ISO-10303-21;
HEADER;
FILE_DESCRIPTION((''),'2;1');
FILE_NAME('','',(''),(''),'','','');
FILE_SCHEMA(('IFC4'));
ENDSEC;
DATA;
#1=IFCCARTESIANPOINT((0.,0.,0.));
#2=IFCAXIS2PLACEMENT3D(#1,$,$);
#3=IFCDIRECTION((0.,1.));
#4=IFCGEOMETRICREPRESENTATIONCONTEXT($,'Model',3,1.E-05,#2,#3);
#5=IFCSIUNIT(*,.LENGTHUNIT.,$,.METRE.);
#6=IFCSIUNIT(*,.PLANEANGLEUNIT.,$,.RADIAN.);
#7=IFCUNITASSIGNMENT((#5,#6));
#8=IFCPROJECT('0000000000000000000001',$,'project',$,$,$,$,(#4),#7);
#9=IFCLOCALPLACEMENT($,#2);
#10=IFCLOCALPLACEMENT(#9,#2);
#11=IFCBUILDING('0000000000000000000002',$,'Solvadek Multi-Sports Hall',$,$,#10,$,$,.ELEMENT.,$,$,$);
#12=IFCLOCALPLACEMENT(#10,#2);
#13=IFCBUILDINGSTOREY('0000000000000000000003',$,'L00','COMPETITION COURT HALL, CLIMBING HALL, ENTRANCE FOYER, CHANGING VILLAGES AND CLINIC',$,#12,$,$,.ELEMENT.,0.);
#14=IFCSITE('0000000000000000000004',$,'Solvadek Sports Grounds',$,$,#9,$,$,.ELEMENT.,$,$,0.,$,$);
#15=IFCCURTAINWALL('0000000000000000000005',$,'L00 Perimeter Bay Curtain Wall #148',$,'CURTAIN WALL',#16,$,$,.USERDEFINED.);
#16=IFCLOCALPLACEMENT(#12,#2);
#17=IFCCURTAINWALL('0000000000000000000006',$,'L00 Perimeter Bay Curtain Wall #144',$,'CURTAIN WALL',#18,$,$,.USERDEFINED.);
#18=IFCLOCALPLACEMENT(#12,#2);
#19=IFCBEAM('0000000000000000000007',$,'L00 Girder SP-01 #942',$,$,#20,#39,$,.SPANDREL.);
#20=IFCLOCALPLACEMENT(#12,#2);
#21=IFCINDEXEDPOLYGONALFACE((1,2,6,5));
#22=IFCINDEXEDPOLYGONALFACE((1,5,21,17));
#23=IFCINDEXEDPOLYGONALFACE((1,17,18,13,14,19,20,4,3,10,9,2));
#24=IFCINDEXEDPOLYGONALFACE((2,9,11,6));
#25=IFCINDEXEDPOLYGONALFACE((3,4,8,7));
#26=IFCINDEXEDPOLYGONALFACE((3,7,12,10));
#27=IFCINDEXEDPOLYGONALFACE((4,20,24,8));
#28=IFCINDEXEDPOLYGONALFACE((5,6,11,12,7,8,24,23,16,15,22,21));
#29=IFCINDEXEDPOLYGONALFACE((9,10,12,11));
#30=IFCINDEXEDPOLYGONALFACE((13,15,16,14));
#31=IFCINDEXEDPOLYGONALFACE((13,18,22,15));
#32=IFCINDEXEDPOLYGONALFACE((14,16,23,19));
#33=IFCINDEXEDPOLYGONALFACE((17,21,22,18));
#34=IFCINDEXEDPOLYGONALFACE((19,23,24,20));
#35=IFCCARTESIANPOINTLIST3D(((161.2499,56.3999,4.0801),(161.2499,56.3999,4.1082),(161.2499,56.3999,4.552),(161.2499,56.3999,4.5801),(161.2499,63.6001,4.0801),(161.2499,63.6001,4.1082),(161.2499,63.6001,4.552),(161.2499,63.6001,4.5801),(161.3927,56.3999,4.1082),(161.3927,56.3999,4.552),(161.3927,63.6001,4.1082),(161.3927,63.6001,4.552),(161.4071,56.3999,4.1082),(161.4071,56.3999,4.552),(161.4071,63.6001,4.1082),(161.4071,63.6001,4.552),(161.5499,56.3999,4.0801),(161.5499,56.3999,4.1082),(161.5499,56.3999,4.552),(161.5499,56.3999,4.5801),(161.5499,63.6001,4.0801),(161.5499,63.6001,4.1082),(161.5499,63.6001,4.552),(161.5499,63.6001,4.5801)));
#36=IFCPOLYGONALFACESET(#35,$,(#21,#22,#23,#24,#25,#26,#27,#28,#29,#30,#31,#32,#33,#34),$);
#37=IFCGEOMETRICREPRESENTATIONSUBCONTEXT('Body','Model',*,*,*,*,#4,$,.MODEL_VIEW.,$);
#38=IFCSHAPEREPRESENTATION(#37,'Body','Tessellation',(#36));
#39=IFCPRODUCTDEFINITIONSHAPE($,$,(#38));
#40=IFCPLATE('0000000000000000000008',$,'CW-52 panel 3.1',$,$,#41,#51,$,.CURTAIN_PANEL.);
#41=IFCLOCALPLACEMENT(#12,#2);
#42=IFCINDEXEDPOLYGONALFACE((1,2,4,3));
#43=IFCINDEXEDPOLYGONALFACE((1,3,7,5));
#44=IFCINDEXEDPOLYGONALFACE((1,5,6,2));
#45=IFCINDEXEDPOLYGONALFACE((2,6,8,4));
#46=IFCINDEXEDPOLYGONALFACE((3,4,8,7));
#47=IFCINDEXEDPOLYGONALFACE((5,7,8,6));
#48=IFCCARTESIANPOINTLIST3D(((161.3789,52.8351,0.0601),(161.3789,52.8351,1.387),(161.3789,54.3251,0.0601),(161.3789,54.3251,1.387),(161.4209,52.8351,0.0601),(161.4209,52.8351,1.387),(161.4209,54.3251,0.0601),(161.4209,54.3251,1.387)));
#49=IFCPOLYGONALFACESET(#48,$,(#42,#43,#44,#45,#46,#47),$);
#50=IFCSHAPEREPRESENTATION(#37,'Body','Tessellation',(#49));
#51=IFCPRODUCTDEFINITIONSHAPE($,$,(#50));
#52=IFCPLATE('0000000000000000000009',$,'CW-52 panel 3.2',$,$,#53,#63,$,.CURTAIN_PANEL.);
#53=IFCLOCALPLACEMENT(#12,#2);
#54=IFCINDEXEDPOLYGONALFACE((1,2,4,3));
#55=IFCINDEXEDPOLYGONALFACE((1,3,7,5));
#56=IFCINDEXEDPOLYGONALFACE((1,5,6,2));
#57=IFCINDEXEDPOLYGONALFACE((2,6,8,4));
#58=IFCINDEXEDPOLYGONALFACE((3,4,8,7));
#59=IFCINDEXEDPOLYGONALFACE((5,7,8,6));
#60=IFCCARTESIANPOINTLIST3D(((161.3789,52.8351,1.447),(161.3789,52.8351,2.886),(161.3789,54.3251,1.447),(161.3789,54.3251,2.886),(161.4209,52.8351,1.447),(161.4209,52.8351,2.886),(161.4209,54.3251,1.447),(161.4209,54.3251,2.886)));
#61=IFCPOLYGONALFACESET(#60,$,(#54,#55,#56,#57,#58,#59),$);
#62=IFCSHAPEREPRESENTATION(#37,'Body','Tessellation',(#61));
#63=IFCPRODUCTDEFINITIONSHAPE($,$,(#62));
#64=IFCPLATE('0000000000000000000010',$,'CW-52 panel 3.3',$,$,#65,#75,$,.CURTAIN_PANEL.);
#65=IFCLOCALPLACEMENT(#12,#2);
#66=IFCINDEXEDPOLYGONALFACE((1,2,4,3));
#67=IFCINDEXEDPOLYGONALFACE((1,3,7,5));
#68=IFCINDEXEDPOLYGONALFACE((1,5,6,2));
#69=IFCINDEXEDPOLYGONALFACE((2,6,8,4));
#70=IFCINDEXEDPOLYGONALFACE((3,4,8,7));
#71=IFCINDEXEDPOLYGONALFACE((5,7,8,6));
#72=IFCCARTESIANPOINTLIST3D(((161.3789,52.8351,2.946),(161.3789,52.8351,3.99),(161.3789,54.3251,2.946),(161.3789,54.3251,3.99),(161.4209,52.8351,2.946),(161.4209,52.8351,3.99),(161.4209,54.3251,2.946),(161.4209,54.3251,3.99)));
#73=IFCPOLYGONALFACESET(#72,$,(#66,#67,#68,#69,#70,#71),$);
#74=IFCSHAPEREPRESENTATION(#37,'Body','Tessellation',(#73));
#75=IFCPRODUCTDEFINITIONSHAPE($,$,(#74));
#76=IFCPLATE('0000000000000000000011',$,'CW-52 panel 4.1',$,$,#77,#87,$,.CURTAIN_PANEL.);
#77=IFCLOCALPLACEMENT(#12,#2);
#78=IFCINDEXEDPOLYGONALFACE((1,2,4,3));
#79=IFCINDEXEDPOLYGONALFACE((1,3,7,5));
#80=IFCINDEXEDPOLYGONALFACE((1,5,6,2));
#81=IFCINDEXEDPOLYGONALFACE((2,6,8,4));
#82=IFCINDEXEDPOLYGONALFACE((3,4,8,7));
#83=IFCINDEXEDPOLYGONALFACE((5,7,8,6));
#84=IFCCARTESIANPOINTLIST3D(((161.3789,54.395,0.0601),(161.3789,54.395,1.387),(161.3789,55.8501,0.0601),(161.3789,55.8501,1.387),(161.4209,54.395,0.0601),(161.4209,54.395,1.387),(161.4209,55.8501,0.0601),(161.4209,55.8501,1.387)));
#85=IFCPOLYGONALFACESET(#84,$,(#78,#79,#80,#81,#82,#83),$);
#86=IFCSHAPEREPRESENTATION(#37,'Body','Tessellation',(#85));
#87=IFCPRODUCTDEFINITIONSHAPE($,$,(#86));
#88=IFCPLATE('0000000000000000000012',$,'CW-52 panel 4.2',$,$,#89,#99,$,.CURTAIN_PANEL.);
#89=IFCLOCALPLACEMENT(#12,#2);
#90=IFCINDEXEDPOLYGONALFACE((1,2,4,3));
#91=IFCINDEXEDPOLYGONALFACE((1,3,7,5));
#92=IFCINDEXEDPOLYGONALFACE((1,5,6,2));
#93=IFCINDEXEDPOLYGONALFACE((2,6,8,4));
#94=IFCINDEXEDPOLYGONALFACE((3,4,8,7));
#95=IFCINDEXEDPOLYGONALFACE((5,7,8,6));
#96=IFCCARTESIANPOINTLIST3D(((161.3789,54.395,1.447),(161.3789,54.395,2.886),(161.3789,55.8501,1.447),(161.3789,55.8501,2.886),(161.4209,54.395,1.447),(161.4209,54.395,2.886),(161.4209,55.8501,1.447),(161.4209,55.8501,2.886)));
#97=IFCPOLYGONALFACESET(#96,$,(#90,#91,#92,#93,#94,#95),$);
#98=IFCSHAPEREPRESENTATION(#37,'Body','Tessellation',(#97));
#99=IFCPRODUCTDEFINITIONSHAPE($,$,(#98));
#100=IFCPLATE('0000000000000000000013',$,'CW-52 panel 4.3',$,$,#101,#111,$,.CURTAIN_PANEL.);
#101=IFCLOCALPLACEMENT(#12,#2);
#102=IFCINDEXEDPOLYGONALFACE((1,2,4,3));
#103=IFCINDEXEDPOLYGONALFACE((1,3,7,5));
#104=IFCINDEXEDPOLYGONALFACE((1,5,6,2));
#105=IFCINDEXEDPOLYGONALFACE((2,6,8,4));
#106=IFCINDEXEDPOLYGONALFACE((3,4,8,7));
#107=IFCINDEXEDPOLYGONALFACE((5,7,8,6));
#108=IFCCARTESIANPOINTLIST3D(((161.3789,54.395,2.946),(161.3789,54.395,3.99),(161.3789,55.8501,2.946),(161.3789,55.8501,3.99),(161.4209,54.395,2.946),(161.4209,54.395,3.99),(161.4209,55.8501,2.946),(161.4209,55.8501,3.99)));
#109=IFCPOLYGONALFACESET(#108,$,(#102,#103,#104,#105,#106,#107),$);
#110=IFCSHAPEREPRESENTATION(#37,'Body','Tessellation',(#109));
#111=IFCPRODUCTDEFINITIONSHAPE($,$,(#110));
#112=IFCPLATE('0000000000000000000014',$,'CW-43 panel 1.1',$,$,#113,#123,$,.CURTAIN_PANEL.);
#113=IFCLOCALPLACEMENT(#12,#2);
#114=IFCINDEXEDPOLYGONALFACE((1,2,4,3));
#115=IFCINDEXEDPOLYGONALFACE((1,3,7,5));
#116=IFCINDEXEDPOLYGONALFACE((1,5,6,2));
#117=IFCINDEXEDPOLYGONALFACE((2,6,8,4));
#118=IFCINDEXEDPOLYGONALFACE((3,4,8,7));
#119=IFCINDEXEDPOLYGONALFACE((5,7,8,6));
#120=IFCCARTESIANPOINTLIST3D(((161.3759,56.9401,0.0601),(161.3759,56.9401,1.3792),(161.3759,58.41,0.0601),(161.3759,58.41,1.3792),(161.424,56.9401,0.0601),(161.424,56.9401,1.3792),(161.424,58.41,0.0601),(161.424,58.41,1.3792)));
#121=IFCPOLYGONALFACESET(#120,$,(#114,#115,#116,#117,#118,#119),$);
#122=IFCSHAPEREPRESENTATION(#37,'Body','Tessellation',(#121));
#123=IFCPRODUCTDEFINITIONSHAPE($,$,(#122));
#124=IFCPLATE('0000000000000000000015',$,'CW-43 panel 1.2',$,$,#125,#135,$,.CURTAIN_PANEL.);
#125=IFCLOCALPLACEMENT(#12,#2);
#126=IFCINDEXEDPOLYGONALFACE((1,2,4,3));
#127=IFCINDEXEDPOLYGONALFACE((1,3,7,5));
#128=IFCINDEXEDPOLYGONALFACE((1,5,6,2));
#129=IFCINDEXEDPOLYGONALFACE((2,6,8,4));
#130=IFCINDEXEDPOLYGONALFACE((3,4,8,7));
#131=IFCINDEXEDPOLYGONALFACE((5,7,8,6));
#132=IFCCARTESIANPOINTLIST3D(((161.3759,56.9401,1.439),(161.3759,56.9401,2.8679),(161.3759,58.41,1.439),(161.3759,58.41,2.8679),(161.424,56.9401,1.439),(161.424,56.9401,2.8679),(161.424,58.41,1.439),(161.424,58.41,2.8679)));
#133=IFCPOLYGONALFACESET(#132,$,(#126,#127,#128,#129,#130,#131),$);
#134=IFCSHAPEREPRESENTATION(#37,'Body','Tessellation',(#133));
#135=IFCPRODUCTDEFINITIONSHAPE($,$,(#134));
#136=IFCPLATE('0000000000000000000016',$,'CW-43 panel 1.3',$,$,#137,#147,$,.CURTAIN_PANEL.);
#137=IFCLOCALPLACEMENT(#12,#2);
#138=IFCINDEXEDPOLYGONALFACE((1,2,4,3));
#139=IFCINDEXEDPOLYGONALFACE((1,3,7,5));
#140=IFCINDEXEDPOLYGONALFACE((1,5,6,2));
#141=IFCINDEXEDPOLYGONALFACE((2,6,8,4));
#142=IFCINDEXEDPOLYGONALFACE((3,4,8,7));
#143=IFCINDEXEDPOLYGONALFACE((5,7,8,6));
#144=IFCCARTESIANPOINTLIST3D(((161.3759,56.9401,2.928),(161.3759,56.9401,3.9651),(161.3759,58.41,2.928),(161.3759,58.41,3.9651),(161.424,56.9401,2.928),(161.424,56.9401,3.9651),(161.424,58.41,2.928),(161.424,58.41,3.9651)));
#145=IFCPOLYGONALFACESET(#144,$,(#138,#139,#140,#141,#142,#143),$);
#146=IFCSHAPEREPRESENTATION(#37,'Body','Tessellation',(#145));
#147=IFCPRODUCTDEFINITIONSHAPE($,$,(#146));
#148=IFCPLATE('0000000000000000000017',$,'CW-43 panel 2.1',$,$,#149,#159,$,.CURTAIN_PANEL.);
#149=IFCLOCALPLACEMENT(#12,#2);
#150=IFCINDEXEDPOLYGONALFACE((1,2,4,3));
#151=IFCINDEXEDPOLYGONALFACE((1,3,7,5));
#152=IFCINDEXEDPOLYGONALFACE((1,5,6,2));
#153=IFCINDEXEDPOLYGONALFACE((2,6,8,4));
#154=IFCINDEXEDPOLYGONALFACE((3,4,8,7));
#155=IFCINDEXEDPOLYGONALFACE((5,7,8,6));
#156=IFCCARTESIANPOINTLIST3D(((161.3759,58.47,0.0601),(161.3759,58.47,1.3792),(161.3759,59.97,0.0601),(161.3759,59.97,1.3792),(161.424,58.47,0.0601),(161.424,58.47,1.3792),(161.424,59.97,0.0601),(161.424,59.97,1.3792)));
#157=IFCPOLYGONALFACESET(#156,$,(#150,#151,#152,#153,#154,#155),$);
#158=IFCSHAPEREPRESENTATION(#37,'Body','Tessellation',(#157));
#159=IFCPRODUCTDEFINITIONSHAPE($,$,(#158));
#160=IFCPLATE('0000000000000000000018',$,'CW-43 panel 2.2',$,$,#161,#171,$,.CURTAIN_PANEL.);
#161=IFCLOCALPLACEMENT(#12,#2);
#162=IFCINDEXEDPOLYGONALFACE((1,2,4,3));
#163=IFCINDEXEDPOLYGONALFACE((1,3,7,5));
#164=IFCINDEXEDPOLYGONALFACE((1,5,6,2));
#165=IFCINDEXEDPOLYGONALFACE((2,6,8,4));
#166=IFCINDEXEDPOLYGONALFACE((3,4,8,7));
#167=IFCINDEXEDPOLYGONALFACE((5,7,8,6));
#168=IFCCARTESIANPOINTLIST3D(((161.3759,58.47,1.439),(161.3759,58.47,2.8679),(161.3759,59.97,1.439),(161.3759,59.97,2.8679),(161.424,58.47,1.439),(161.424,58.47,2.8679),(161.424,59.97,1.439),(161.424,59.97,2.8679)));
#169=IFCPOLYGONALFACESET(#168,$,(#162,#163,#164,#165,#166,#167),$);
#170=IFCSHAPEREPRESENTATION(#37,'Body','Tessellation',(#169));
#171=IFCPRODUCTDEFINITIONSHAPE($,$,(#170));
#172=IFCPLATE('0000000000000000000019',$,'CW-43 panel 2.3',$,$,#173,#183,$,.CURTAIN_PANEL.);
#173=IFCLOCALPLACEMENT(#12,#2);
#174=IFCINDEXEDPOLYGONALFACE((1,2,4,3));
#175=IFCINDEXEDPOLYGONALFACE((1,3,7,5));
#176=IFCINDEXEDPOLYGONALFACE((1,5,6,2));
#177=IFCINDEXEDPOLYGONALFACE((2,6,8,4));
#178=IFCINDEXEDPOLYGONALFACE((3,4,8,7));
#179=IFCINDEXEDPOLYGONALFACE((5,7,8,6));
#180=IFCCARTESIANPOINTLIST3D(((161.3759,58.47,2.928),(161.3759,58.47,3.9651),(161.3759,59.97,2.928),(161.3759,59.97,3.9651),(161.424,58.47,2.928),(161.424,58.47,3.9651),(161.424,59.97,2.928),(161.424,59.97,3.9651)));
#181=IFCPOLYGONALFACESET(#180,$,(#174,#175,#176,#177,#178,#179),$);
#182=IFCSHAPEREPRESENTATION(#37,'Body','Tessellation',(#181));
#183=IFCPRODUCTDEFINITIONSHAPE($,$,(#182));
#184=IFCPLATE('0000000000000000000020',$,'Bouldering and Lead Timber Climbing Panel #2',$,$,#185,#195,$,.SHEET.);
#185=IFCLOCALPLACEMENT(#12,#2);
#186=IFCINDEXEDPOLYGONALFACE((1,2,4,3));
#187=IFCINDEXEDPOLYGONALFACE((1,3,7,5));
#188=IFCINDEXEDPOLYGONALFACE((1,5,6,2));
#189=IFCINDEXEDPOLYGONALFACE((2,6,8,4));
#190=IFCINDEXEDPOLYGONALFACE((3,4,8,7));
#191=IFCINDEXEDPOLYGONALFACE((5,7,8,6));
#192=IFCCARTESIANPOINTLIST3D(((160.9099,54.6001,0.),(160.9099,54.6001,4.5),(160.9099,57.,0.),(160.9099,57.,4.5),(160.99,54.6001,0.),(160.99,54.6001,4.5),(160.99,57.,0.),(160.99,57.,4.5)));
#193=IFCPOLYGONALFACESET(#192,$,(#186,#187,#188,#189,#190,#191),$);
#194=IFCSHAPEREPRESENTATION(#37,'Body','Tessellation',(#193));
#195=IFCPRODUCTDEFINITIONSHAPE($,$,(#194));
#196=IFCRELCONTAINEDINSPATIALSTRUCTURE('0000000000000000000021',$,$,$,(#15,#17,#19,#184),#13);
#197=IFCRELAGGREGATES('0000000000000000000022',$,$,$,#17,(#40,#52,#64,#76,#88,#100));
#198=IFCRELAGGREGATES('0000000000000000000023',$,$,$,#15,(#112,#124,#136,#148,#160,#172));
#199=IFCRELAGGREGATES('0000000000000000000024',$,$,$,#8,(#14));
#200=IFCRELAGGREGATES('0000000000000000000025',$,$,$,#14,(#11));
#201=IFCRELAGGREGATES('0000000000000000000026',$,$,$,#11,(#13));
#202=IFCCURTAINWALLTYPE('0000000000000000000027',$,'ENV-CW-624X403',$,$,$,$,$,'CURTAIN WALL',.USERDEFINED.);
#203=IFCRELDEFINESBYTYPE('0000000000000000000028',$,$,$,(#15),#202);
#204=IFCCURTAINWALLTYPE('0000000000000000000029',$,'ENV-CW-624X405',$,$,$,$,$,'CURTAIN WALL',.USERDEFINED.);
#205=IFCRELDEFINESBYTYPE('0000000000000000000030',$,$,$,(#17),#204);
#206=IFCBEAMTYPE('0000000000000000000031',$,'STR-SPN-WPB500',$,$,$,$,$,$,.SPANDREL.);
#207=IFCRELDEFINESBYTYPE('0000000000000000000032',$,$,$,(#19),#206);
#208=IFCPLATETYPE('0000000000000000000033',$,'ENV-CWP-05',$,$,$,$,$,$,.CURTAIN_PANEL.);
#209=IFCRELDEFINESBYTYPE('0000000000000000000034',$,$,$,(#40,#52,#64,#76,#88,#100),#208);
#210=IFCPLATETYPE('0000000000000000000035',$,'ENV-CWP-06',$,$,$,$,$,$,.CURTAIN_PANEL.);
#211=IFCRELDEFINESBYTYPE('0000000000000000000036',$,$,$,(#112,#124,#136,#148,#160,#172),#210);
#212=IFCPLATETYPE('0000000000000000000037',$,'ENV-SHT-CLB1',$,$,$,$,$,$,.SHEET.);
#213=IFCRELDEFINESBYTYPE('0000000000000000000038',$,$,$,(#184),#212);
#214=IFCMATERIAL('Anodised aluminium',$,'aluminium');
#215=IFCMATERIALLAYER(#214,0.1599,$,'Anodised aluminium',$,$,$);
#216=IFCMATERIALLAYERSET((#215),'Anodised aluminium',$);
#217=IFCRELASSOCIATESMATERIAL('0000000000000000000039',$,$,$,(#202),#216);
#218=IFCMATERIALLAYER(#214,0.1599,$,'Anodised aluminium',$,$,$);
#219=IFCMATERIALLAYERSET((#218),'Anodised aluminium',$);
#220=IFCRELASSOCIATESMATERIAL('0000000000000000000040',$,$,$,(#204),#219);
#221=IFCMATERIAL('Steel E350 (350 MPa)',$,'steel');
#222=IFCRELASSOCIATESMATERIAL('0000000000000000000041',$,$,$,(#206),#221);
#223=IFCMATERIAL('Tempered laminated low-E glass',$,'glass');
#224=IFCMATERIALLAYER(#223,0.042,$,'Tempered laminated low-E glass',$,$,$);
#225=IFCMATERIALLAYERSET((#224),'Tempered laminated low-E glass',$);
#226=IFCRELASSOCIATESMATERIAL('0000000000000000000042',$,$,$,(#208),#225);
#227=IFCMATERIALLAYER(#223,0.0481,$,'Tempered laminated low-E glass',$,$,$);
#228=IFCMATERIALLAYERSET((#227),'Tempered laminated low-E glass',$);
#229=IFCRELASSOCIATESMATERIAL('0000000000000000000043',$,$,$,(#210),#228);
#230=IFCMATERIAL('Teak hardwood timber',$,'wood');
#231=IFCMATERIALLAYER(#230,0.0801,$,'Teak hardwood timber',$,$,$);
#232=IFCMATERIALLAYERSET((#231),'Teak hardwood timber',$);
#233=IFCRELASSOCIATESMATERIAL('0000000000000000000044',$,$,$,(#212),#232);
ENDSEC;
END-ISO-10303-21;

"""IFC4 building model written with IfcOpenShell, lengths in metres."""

from ifc_helpers import new_model, si_unit, direction, frame, origin, origin_2d, place, context, subcontext, project, spatial, rectangle, i_section, extrude, material, layer, layer_set, material_profile, profile_set, type_object, element, aggregate, save


model = new_model("IFC4")

# Units and contexts
model_context = context("Model", 3, precision=1e-05, world=origin(), true_north=direction((0.0, 1.0)))
body_context = subcontext(model_context, "Body", "Model", "MODEL_VIEW")
ifc_project = project(units=[si_unit("LENGTHUNIT", "METRE"), si_unit("PLANEANGLEUNIT", "RADIAN")], contexts=[model_context])

# Site, building, storey
site_placement = place(None, origin())
site = spatial("IfcSite", under=ifc_project, at=site_placement, Name="Solvadek Sports Grounds", CompositionType="ELEMENT", RefElevation=0.0)
building_placement = place(site_placement, origin())
building = spatial("IfcBuilding", under=site, at=building_placement, Name="Solvadek Multi-Sports Hall", CompositionType="ELEMENT")
storey_placement = place(building_placement, origin())
storey = spatial("IfcBuildingStorey", under=building, at=storey_placement, Name="L00", Description="COMPETITION COURT HALL, CLIMBING HALL, ENTRANCE FOYER, CHANGING VILLAGES AND CLINIC", CompositionType="ELEMENT", Elevation=0.0)

# Shared definitions
ifc_material_1 = material(Name="Steel E350 (350 MPa)", Category="steel")

# Curtain walls
ifc_material_2 = material(Name="Anodised aluminium", Category="aluminium")
ifc_layer_1 = layer(ifc_material_2, 0.1599, Name="Anodised aluminium")
ifc_layer_set_1 = layer_set([ifc_layer_1], Name="Anodised aluminium")
curtain_wall_type_1 = type_object("IfcCurtainWallType", Name="ENV-CW-624X403", ElementType="CURTAIN WALL", PredefinedType="USERDEFINED", material=ifc_layer_set_1)
curtain_wall_1_placement = place(storey_placement, origin())
curtain_wall_1 = element("IfcCurtainWall", 1, at=curtain_wall_1_placement, inside=storey, type_object=curtain_wall_type_1, Name="L00 Perimeter Bay Curtain Wall #148", ObjectType="CURTAIN WALL", PredefinedType="USERDEFINED")
ifc_layer_2 = layer(ifc_material_2, 0.1599, Name="Anodised aluminium")
ifc_layer_set_2 = layer_set([ifc_layer_2], Name="Anodised aluminium")
curtain_wall_type_2 = type_object("IfcCurtainWallType", Name="ENV-CW-624X405", ElementType="CURTAIN WALL", PredefinedType="USERDEFINED", material=ifc_layer_set_2)
curtain_wall_2_placement = place(storey_placement, origin())
curtain_wall_2 = element("IfcCurtainWall", 2, at=curtain_wall_2_placement, inside=storey, type_object=curtain_wall_type_2, Name="L00 Perimeter Bay Curtain Wall #144", ObjectType="CURTAIN WALL", PredefinedType="USERDEFINED")

# Beam
ifc_material_profile_1 = material_profile(ifc_material_1, i_section(OverallWidth=0.3, OverallDepth=0.5, WebThickness=0.0144, FlangeThickness=0.0281, at=origin_2d()), Name="WPB 500")
ifc_profile_set_1 = profile_set([ifc_material_profile_1], Name="Steel E350 (350 MPa)")
beam_type = type_object("IfcBeamType", Name="STR-SPN-WPB500", PredefinedType="SPANDREL", material=ifc_profile_set_1)
beam_placement = place(storey_placement, frame((161.3999, 56.3999, 4.3301), z_axis=(0.0, 1.0, 0.0), x_axis=(-1.0, 0.0, 0.0)))
element("IfcBeam", 3, at=beam_placement, inside=storey, type_object=beam_type, Name="L00 Girder SP-01 #942", PredefinedType="SPANDREL", context=body_context, shape_type="SweptSolid", body=[
    extrude(i_section(OverallWidth=0.3, OverallDepth=0.5, WebThickness=0.0144, FlangeThickness=0.0281, at=origin_2d()), origin(), (0.0, 0.0, 1.0), 7.2002),
])

# Plates
ifc_material_3 = material(Name="Tempered laminated low-E glass", Category="glass")
ifc_layer_3 = layer(ifc_material_3, 0.042, Name="Tempered laminated low-E glass")
ifc_layer_set_3 = layer_set([ifc_layer_3], Name="Tempered laminated low-E glass")
plate_type_1 = type_object("IfcPlateType", Name="ENV-CWP-05", PredefinedType="CURTAIN_PANEL", material=ifc_layer_set_3)
plate_1_placement = place(storey_placement, frame((161.3999, 53.5801, 0.0601), z_axis=(0.0, 0.0, 1.0), x_axis=(0.0, 1.0, 0.0)))
plate_1 = element("IfcPlate", 4, at=plate_1_placement, type_object=plate_type_1, Name="CW-52 panel 3.1", PredefinedType="CURTAIN_PANEL", context=body_context, shape_type="SweptSolid", body=[
    extrude(rectangle(XDim=1.49, YDim=0.042, at=origin_2d()), origin(), (0.0, 0.0, 1.0), 1.3269),
])
plate_2_placement = place(storey_placement, frame((161.3999, 53.5801, 1.447), z_axis=(0.0, 0.0, 1.0), x_axis=(0.0, 1.0, 0.0)))
plate_2 = element("IfcPlate", 5, at=plate_2_placement, type_object=plate_type_1, Name="CW-52 panel 3.2", PredefinedType="CURTAIN_PANEL", context=body_context, shape_type="SweptSolid", body=[
    extrude(rectangle(XDim=1.49, YDim=0.042, at=origin_2d()), origin(), (0.0, 0.0, 1.0), 1.439),
])
plate_3_placement = place(storey_placement, frame((161.3999, 53.5801, 2.946), z_axis=(0.0, 0.0, 1.0), x_axis=(0.0, 1.0, 0.0)))
plate_3 = element("IfcPlate", 6, at=plate_3_placement, type_object=plate_type_1, Name="CW-52 panel 3.3", PredefinedType="CURTAIN_PANEL", context=body_context, shape_type="SweptSolid", body=[
    extrude(rectangle(XDim=1.49, YDim=0.042, at=origin_2d()), origin(), (0.0, 0.0, 1.0), 1.0439),
])
plate_4_placement = place(storey_placement, frame((161.3999, 55.1226, 0.0601), z_axis=(0.0, 0.0, 1.0), x_axis=(0.0, 1.0, 0.0)))
plate_4 = element("IfcPlate", 7, at=plate_4_placement, type_object=plate_type_1, Name="CW-52 panel 4.1", PredefinedType="CURTAIN_PANEL", context=body_context, shape_type="SweptSolid", body=[
    extrude(rectangle(XDim=1.4551, YDim=0.042, at=origin_2d()), origin(), (0.0, 0.0, 1.0), 1.3269),
])
plate_5_placement = place(storey_placement, frame((161.3999, 55.1226, 1.447), z_axis=(0.0, 0.0, 1.0), x_axis=(0.0, 1.0, 0.0)))
plate_5 = element("IfcPlate", 8, at=plate_5_placement, type_object=plate_type_1, Name="CW-52 panel 4.2", PredefinedType="CURTAIN_PANEL", context=body_context, shape_type="SweptSolid", body=[
    extrude(rectangle(XDim=1.4551, YDim=0.042, at=origin_2d()), origin(), (0.0, 0.0, 1.0), 1.439),
])
plate_6_placement = place(storey_placement, frame((161.3999, 55.1226, 2.946), z_axis=(0.0, 0.0, 1.0), x_axis=(0.0, 1.0, 0.0)))
plate_6 = element("IfcPlate", 9, at=plate_6_placement, type_object=plate_type_1, Name="CW-52 panel 4.3", PredefinedType="CURTAIN_PANEL", context=body_context, shape_type="SweptSolid", body=[
    extrude(rectangle(XDim=1.4551, YDim=0.042, at=origin_2d()), origin(), (0.0, 0.0, 1.0), 1.0439),
])
aggregate(curtain_wall_2, [plate_1, plate_2, plate_3, plate_4, plate_5, plate_6])
ifc_layer_4 = layer(ifc_material_3, 0.0481, Name="Tempered laminated low-E glass")
ifc_layer_set_4 = layer_set([ifc_layer_4], Name="Tempered laminated low-E glass")
plate_type_2 = type_object("IfcPlateType", Name="ENV-CWP-06", PredefinedType="CURTAIN_PANEL", material=ifc_layer_set_4)
plate_7_placement = place(storey_placement, frame((161.3999, 57.675, 0.0601), z_axis=(0.0, 0.0, 1.0), x_axis=(0.0, 1.0, 0.0)))
plate_7 = element("IfcPlate", 10, at=plate_7_placement, type_object=plate_type_2, Name="CW-43 panel 1.1", PredefinedType="CURTAIN_PANEL", context=body_context, shape_type="SweptSolid", body=[
    extrude(rectangle(XDim=1.47, YDim=0.0481, at=origin_2d()), origin(), (0.0, 0.0, 1.0), 1.3191),
])
plate_8_placement = place(storey_placement, frame((161.3999, 57.675, 1.439), z_axis=(0.0, 0.0, 1.0), x_axis=(0.0, 1.0, 0.0)))
plate_8 = element("IfcPlate", 11, at=plate_8_placement, type_object=plate_type_2, Name="CW-43 panel 1.2", PredefinedType="CURTAIN_PANEL", context=body_context, shape_type="SweptSolid", body=[
    extrude(rectangle(XDim=1.47, YDim=0.0481, at=origin_2d()), origin(), (0.0, 0.0, 1.0), 1.429),
])
plate_9_placement = place(storey_placement, frame((161.3999, 57.675, 2.928), z_axis=(0.0, 0.0, 1.0), x_axis=(0.0, 1.0, 0.0)))
plate_9 = element("IfcPlate", 12, at=plate_9_placement, type_object=plate_type_2, Name="CW-43 panel 1.3", PredefinedType="CURTAIN_PANEL", context=body_context, shape_type="SweptSolid", body=[
    extrude(rectangle(XDim=1.47, YDim=0.0481, at=origin_2d()), origin(), (0.0, 0.0, 1.0), 1.0371),
])
plate_10_placement = place(storey_placement, frame((161.3999, 59.22, 0.0601), z_axis=(0.0, 0.0, 1.0), x_axis=(0.0, 1.0, 0.0)))
plate_10 = element("IfcPlate", 13, at=plate_10_placement, type_object=plate_type_2, Name="CW-43 panel 2.1", PredefinedType="CURTAIN_PANEL", context=body_context, shape_type="SweptSolid", body=[
    extrude(rectangle(XDim=1.5, YDim=0.0481, at=origin_2d()), origin(), (0.0, 0.0, 1.0), 1.3191),
])
plate_11_placement = place(storey_placement, frame((161.3999, 59.22, 1.439), z_axis=(0.0, 0.0, 1.0), x_axis=(0.0, 1.0, 0.0)))
plate_11 = element("IfcPlate", 14, at=plate_11_placement, type_object=plate_type_2, Name="CW-43 panel 2.2", PredefinedType="CURTAIN_PANEL", context=body_context, shape_type="SweptSolid", body=[
    extrude(rectangle(XDim=1.5, YDim=0.0481, at=origin_2d()), origin(), (0.0, 0.0, 1.0), 1.429),
])
plate_12_placement = place(storey_placement, frame((161.3999, 59.22, 2.928), z_axis=(0.0, 0.0, 1.0), x_axis=(0.0, 1.0, 0.0)))
plate_12 = element("IfcPlate", 15, at=plate_12_placement, type_object=plate_type_2, Name="CW-43 panel 2.3", PredefinedType="CURTAIN_PANEL", context=body_context, shape_type="SweptSolid", body=[
    extrude(rectangle(XDim=1.5, YDim=0.0481, at=origin_2d()), origin(), (0.0, 0.0, 1.0), 1.0371),
])
aggregate(curtain_wall_1, [plate_7, plate_8, plate_9, plate_10, plate_11, plate_12])

# Plate
ifc_material_4 = material(Name="Teak hardwood timber", Category="wood")
ifc_layer_5 = layer(ifc_material_4, 0.0801, Name="Teak hardwood timber")
ifc_layer_set_5 = layer_set([ifc_layer_5], Name="Teak hardwood timber")
plate_type_3 = type_object("IfcPlateType", Name="ENV-SHT-CLB1", PredefinedType="SHEET", material=ifc_layer_set_5)
for number, where, z_axis, x_axis, name in (
    (16, (160.95, 55.8, 0.0), (0.0, 0.0, 1.0), (0.0, 1.0, 0.0), "Bouldering and Lead Timber Climbing Panel #2"),
):
    element("IfcPlate", number, at=place(storey_placement, frame(where, z_axis=z_axis, x_axis=x_axis)), inside=storey, type_object=plate_type_3, Name=name, PredefinedType="SHEET", context=body_context, shape_type="SweptSolid", body=[
        extrude(rectangle(XDim=2.3999, YDim=0.0801, at=origin_2d()), origin(), (0.0, 0.0, 1.0), 4.5),
    ])

save(model, "model.ifc")
